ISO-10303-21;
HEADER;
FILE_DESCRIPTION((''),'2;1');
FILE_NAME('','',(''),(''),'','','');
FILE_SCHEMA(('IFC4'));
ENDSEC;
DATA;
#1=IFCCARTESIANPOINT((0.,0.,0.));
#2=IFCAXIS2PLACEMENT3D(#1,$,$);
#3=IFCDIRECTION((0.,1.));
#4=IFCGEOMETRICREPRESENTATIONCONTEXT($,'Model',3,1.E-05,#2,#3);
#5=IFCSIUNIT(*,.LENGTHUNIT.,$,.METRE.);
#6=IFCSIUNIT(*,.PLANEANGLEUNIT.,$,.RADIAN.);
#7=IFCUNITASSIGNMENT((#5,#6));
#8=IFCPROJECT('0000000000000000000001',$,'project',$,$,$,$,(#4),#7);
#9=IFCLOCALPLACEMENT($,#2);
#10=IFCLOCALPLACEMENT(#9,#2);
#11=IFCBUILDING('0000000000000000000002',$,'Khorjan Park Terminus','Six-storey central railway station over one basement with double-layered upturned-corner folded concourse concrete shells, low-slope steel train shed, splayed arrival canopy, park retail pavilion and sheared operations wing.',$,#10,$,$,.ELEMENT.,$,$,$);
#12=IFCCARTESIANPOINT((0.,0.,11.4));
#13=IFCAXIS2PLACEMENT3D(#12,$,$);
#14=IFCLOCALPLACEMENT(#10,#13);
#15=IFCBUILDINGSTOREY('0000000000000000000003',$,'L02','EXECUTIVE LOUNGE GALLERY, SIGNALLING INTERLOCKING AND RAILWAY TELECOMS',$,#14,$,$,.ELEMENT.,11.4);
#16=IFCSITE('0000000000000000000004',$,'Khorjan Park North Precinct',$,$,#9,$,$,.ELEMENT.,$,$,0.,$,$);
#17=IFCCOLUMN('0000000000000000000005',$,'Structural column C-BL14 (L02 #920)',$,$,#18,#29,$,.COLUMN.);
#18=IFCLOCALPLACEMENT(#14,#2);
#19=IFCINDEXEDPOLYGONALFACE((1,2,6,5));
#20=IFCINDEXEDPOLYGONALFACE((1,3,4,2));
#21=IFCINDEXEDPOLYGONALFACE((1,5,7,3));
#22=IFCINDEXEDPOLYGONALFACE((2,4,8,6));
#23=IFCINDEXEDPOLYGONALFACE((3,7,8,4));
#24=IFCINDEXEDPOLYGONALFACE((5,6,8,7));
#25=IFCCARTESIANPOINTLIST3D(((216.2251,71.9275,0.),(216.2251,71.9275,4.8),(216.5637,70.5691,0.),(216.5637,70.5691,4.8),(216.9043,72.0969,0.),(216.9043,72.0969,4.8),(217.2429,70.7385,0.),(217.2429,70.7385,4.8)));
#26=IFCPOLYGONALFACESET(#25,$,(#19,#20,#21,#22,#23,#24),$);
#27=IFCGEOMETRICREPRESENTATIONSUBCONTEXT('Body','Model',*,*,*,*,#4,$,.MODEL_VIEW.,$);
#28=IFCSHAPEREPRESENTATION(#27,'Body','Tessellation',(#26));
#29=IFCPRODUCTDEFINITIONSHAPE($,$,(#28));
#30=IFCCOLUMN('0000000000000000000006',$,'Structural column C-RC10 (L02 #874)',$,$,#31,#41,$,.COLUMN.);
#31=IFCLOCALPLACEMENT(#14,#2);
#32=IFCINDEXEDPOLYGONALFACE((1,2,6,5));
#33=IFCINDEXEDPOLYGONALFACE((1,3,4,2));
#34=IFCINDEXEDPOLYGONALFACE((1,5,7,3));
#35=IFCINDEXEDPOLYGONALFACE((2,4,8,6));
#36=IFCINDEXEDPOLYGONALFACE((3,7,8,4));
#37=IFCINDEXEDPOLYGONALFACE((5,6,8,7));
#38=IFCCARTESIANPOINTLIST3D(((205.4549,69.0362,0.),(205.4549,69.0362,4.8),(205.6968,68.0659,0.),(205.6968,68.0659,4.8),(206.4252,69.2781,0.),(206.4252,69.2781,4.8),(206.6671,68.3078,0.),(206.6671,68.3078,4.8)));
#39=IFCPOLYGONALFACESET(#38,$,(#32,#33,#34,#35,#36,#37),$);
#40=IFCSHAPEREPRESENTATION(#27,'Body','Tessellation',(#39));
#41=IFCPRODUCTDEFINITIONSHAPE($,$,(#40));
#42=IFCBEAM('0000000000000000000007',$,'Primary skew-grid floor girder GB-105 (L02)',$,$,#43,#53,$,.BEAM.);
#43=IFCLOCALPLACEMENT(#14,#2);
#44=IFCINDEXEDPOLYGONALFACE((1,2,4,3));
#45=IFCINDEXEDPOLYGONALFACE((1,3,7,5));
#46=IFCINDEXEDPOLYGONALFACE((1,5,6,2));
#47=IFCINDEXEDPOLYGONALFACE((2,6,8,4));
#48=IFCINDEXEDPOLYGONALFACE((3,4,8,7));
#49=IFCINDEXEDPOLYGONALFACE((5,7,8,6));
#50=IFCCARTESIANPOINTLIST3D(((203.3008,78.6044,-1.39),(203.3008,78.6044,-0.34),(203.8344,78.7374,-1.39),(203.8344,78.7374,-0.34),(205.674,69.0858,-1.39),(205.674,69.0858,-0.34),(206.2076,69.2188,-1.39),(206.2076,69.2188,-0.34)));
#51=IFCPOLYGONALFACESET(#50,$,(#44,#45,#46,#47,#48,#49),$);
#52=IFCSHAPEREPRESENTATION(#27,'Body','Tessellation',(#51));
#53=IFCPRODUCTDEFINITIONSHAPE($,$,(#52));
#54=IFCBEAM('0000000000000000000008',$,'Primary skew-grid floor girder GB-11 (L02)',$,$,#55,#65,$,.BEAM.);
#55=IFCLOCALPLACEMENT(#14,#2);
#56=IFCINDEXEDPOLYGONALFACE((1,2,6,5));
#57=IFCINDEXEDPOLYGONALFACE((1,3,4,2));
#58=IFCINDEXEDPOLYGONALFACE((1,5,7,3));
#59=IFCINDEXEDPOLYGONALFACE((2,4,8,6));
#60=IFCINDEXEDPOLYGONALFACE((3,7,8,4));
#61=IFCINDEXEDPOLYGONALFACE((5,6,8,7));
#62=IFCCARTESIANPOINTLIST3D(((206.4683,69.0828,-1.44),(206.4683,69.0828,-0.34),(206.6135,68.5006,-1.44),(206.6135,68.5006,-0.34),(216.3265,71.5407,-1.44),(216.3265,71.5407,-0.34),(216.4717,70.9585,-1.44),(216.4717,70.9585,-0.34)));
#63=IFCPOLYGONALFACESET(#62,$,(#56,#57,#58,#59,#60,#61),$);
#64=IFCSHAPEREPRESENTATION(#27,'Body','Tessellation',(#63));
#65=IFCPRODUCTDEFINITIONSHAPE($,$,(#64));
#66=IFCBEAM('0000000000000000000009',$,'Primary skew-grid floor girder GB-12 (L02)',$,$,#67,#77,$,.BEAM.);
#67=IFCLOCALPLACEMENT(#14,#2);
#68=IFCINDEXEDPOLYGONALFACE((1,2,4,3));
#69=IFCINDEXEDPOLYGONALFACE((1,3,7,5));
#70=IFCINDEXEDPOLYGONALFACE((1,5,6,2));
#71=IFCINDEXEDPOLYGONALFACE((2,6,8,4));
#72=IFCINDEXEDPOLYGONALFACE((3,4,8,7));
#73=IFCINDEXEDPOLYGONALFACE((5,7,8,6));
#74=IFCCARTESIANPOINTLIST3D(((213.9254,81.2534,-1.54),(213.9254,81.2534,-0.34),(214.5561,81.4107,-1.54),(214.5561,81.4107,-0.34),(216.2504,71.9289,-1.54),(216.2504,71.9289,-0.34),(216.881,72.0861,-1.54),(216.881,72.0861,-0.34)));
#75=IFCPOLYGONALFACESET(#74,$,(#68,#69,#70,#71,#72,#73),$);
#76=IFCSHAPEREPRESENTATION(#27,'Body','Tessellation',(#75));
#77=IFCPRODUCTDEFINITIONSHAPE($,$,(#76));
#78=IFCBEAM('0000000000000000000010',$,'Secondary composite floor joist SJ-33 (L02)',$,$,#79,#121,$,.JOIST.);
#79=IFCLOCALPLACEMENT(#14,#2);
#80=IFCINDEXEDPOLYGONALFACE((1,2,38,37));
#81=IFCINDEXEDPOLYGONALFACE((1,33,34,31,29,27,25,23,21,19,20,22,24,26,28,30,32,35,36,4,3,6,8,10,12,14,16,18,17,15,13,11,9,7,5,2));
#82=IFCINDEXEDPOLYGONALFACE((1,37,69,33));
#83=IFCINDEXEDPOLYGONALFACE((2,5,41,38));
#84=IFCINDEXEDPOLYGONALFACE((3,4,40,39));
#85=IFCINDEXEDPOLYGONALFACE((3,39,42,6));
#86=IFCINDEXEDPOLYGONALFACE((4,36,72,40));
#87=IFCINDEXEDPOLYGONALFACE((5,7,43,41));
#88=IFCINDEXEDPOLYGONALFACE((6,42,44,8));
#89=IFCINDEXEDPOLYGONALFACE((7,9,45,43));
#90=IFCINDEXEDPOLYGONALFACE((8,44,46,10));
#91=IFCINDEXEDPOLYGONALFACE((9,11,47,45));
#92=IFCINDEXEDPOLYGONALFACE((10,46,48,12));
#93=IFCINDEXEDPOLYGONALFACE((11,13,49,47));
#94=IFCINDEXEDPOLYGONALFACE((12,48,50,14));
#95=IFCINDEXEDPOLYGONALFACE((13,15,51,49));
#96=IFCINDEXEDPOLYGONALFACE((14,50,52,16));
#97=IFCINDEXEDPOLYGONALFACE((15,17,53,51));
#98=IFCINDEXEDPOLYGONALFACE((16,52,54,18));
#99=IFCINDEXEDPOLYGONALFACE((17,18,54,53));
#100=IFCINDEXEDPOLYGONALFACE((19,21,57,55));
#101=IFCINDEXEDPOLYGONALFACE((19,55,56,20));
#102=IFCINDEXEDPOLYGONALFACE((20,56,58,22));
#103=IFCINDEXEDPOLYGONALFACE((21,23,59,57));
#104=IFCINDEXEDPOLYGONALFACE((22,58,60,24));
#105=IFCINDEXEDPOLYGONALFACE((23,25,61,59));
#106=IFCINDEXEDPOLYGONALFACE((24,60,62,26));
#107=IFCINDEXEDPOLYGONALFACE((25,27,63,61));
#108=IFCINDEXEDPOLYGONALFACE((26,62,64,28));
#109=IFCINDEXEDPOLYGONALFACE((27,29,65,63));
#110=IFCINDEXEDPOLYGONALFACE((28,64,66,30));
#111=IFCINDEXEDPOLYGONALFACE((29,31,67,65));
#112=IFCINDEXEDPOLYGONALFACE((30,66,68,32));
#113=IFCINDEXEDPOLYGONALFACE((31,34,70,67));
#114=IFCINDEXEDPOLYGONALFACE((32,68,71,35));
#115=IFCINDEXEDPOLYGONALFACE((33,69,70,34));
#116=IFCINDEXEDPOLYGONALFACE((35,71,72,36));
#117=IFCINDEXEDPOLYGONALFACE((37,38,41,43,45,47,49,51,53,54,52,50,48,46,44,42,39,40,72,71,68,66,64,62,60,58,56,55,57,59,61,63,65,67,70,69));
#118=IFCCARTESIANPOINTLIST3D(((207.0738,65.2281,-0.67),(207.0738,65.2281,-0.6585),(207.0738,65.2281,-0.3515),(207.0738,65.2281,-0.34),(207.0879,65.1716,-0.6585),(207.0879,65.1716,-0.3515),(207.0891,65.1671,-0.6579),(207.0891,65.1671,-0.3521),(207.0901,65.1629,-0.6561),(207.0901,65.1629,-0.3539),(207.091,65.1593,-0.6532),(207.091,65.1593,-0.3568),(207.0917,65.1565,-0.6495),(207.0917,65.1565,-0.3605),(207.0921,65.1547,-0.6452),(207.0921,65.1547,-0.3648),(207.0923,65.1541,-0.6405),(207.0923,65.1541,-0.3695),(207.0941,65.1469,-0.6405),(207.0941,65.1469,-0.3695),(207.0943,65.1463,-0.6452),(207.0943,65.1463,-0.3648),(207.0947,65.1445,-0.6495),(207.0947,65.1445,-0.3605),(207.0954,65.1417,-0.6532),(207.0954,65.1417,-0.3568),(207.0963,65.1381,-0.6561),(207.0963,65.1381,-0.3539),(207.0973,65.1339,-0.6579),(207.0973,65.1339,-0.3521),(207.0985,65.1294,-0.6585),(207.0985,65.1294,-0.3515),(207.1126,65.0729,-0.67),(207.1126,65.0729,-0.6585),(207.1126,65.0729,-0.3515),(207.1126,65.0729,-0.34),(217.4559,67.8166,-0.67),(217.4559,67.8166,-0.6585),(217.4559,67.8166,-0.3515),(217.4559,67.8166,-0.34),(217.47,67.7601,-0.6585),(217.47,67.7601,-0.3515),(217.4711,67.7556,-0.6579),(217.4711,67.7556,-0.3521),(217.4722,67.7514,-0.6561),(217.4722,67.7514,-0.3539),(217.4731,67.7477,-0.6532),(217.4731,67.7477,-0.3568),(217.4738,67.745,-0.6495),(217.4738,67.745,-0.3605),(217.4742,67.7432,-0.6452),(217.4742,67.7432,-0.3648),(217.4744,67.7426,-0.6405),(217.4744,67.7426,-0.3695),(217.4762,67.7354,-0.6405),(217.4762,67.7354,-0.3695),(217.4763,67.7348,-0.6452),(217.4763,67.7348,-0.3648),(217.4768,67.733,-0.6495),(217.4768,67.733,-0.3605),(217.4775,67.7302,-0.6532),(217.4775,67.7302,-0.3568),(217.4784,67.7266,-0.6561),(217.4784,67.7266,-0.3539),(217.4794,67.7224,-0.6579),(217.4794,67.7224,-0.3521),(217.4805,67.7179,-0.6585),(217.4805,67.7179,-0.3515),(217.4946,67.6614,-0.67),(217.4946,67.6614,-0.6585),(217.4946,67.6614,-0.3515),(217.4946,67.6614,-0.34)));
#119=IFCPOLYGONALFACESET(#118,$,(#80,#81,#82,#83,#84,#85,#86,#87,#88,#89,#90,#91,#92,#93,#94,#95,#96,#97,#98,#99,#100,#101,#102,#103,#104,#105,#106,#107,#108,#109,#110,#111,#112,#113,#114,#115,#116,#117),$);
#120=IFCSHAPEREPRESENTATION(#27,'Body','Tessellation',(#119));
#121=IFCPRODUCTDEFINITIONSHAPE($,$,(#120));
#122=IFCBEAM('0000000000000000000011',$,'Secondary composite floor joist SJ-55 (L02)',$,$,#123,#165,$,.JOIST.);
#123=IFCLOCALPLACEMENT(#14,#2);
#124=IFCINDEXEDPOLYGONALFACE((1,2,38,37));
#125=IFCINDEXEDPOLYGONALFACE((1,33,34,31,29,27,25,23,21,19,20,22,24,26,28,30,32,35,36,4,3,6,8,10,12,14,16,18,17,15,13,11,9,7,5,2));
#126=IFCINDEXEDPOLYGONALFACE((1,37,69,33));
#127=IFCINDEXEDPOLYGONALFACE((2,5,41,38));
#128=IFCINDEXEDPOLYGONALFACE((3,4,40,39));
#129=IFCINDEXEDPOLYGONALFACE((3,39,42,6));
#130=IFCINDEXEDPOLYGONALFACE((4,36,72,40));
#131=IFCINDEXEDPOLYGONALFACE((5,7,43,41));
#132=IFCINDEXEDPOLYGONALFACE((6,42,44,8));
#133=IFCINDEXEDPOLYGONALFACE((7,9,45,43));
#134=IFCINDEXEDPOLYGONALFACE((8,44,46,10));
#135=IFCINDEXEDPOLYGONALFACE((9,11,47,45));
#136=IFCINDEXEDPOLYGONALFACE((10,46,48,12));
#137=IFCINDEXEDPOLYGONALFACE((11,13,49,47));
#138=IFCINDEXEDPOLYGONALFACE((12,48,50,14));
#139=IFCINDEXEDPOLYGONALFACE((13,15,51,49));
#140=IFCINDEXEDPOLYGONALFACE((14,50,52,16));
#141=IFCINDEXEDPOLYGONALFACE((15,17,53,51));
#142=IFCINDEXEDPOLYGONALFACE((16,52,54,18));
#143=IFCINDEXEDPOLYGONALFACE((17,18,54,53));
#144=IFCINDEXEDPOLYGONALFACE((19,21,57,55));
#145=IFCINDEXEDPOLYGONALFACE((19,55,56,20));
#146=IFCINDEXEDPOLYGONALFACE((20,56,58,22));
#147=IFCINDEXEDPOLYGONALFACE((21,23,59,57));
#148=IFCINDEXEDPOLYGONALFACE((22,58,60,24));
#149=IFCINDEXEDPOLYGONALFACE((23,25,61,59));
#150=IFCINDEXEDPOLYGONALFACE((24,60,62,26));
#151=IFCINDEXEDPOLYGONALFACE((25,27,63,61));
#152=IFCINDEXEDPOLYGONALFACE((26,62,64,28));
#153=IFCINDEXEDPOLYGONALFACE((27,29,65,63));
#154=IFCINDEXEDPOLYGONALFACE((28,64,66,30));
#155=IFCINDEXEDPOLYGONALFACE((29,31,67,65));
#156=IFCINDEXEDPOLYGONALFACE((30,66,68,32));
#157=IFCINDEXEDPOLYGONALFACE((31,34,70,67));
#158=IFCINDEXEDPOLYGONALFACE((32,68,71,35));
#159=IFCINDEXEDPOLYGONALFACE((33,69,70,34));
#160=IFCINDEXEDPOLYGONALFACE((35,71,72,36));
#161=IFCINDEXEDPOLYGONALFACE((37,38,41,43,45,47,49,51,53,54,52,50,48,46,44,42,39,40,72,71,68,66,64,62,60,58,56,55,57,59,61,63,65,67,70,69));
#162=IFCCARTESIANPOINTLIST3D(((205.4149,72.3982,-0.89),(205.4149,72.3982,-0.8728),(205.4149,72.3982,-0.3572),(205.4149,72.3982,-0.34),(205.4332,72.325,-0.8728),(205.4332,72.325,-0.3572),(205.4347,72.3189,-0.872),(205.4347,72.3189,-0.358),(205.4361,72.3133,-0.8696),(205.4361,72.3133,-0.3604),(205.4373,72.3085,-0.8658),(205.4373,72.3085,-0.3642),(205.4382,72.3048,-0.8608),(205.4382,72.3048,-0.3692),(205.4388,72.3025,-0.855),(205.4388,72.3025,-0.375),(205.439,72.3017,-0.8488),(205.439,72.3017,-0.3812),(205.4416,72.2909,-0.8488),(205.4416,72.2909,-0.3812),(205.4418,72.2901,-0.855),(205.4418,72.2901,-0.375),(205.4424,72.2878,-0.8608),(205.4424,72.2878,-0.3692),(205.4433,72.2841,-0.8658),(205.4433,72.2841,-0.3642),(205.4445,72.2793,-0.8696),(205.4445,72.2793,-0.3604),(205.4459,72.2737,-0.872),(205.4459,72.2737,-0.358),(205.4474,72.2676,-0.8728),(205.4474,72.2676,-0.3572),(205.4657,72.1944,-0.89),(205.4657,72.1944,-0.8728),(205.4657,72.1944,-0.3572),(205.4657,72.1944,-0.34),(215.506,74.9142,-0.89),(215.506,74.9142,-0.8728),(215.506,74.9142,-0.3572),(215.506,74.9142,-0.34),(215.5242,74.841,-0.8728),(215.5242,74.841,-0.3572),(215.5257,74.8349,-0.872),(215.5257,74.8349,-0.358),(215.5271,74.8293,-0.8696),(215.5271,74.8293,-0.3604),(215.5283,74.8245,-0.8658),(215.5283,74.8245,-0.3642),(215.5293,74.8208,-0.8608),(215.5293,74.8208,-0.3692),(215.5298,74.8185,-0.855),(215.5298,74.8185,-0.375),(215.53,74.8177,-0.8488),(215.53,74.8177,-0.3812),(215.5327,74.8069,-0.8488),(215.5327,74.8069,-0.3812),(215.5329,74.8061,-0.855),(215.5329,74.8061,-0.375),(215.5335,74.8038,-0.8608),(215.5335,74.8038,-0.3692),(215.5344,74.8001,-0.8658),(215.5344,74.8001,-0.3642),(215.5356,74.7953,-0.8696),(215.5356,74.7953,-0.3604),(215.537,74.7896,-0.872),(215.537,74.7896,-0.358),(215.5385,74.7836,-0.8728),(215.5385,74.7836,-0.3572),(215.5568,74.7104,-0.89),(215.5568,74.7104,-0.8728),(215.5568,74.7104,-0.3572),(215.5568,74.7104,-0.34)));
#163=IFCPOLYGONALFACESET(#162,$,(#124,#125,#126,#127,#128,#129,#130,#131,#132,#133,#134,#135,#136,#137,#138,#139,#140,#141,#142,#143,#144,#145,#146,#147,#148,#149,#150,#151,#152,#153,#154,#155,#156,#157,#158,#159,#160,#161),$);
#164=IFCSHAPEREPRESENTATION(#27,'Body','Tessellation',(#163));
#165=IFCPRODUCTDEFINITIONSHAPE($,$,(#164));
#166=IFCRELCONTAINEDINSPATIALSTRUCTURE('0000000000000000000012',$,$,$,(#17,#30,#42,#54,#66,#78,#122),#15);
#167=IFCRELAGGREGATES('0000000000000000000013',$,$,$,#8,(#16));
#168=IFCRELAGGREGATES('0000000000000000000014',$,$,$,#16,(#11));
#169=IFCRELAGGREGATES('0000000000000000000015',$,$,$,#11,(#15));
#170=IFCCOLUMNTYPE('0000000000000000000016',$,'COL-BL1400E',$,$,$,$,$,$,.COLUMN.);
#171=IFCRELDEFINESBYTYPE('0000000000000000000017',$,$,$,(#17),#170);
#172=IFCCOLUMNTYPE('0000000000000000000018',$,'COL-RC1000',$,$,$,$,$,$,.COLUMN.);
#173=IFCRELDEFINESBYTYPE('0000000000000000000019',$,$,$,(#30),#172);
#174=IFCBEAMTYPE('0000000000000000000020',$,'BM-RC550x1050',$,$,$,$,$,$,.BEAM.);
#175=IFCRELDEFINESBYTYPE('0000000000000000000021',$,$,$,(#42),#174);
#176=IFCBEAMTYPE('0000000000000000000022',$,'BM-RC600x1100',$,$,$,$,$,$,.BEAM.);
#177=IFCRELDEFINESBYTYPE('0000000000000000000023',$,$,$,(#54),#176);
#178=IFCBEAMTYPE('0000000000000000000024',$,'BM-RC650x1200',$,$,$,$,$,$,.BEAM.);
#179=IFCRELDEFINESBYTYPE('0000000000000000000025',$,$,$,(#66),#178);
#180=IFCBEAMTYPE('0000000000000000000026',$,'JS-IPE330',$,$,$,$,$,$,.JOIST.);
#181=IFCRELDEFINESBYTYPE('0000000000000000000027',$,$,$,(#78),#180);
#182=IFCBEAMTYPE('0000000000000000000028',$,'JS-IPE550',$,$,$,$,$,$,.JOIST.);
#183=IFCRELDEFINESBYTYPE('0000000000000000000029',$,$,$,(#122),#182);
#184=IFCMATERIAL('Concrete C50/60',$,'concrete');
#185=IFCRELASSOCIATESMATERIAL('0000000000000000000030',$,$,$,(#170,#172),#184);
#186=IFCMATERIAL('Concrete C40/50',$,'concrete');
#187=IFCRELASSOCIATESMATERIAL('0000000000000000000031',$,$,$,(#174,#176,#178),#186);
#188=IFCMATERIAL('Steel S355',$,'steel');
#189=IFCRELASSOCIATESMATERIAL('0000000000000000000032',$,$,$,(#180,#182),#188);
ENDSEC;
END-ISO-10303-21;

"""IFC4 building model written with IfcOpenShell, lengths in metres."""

from ifc_helpers import new_model, si_unit, direction, frame, origin, origin_2d, place, context, subcontext, project, spatial, rectangle, i_section, extrude, material, material_profile, profile_set, type_object, element, save


model = new_model("IFC4")

# Units and contexts
model_context = context("Model", 3, precision=1e-05, world=origin(), true_north=direction((0.0, 1.0)))
body_context = subcontext(model_context, "Body", "Model", "MODEL_VIEW")
ifc_project = project(units=[si_unit("LENGTHUNIT", "METRE"), si_unit("PLANEANGLEUNIT", "RADIAN")], contexts=[model_context])

# Site, building, storey
site_placement = place(None, origin())
site = spatial("IfcSite", under=ifc_project, at=site_placement, Name="Khorjan Park North Precinct", CompositionType="ELEMENT", RefElevation=0.0)
building_placement = place(site_placement, origin())
building = spatial("IfcBuilding", under=site, at=building_placement, Name="Khorjan Park Terminus", Description="Six-storey central railway station over one basement with double-layered upturned-corner folded concourse concrete shells, low-slope steel train shed, splayed arrival canopy, park retail pavilion and sheared operations wing.", CompositionType="ELEMENT")
storey_placement = place(building_placement, frame((0.0, 0.0, 11.4)))
storey = spatial("IfcBuildingStorey", under=building, at=storey_placement, Name="L02", Description="EXECUTIVE LOUNGE GALLERY, SIGNALLING INTERLOCKING AND RAILWAY TELECOMS", CompositionType="ELEMENT", Elevation=11.4)

# Columns
ifc_material_1 = material(Name="Concrete C50/60", Category="concrete")
ifc_material_profile_1 = material_profile(ifc_material_1, rectangle(XDim=0.7, YDim=1.4, at=origin_2d()), Name="RC 700x1400")
ifc_profile_set_1 = profile_set([ifc_material_profile_1], Name="Concrete C50/60")
column_type_1 = type_object("IfcColumnType", Name="COL-BL1400E", PredefinedType="COLUMN", material=ifc_profile_set_1)
column_1_placement = place(storey_placement, frame((216.734, 71.333, 0.0), z_axis=(0.0, 0.0, 1.0), x_axis=(0.970296, 0.241922, 0.0)))
element("IfcColumn", 1, at=column_1_placement, inside=storey, type_object=column_type_1, Name="Structural column C-BL14 (L02 #920)", PredefinedType="COLUMN", context=body_context, shape_type="SweptSolid", body=[
    extrude(rectangle(XDim=0.7, YDim=1.4, at=origin_2d()), origin(), (0.0, 0.0, 1.0), 4.8),
])
ifc_material_profile_2 = material_profile(ifc_material_1, rectangle(XDim=1.0, YDim=1.0, at=origin_2d()), Name="RC 1000x1000")
ifc_profile_set_2 = profile_set([ifc_material_profile_2], Name="Concrete C50/60")
column_type_2 = type_object("IfcColumnType", Name="COL-RC1000", PredefinedType="COLUMN", material=ifc_profile_set_2)
column_2_placement = place(storey_placement, frame((206.061, 68.672, 0.0), z_axis=(0.0, 0.0, 1.0), x_axis=(0.970296, 0.241922, 0.0)))
element("IfcColumn", 2, at=column_2_placement, inside=storey, type_object=column_type_2, Name="Structural column C-RC10 (L02 #874)", PredefinedType="COLUMN", context=body_context, shape_type="SweptSolid", body=[
    extrude(rectangle(XDim=1.0, YDim=1.0, at=origin_2d()), origin(), (0.0, 0.0, 1.0), 4.8),
])

# Beams
ifc_material_2 = material(Name="Concrete C40/50", Category="concrete")
ifc_material_profile_3 = material_profile(ifc_material_2, rectangle(XDim=0.55, YDim=1.05, at=origin_2d()), Name="RC 550x1050")
ifc_profile_set_3 = profile_set([ifc_material_profile_3], Name="Concrete C40/50")
beam_type_1 = type_object("IfcBeamType", Name="BM-RC550x1050", PredefinedType="BEAM", material=ifc_profile_set_3)
beam_1_placement = place(storey_placement, frame((205.9408, 69.1523, -0.865), z_axis=(-0.241917, 0.970297, 0.0), x_axis=(-0.970297, -0.241917, 0.0)))
element("IfcBeam", 3, at=beam_1_placement, inside=storey, type_object=beam_type_1, Name="Primary skew-grid floor girder GB-105 (L02)", PredefinedType="BEAM", context=body_context, shape_type="SweptSolid", body=[
    extrude(rectangle(XDim=0.55, YDim=1.05, at=origin_2d()), origin(), (0.0, 0.0, 1.0), 9.81),
])
ifc_material_profile_4 = material_profile(ifc_material_2, rectangle(XDim=0.6, YDim=1.1, at=origin_2d()), Name="RC 600x1100")
ifc_profile_set_4 = profile_set([ifc_material_profile_4], Name="Concrete C40/50")
beam_type_2 = type_object("IfcBeamType", Name="BM-RC600x1100", PredefinedType="BEAM", material=ifc_profile_set_4)
beam_2_placement = place(storey_placement, frame((206.5409, 68.7917, -0.89), z_axis=(0.970296, 0.24192, 0.0), x_axis=(-0.24192, 0.970296, 0.0)))
element("IfcBeam", 4, at=beam_2_placement, inside=storey, type_object=beam_type_2, Name="Primary skew-grid floor girder GB-11 (L02)", PredefinedType="BEAM", context=body_context, shape_type="SweptSolid", body=[
    extrude(rectangle(XDim=0.6, YDim=1.1, at=origin_2d()), origin(), (0.0, 0.0, 1.0), 10.16),
])
ifc_material_profile_5 = material_profile(ifc_material_2, rectangle(XDim=0.65, YDim=1.2, at=origin_2d()), Name="RC 650x1200")
ifc_profile_set_5 = profile_set([ifc_material_profile_5], Name="Concrete C40/50")
beam_type_3 = type_object("IfcBeamType", Name="BM-RC650x1200", PredefinedType="BEAM", material=ifc_profile_set_5)
beam_3_placement = place(storey_placement, frame((216.5657, 72.0075, -0.94), z_axis=(-0.241926, 0.970295, 0.0), x_axis=(-0.970295, -0.241926, 0.0)))
element("IfcBeam", 5, at=beam_3_placement, inside=storey, type_object=beam_type_3, Name="Primary skew-grid floor girder GB-12 (L02)", PredefinedType="BEAM", context=body_context, shape_type="SweptSolid", body=[
    extrude(rectangle(XDim=0.65, YDim=1.2, at=origin_2d()), origin(), (0.0, 0.0, 1.0), 9.61),
])
ifc_material_3 = material(Name="Steel S355", Category="steel")
ifc_material_profile_6 = material_profile(ifc_material_3, i_section(OverallWidth=0.16, OverallDepth=0.33, WebThickness=0.0075, FlangeThickness=0.0115, FilletRadius=0.018, at=origin_2d()), Name="IPE 330")
ifc_profile_set_6 = profile_set([ifc_material_profile_6], Name="Steel S355")
beam_type_4 = type_object("IfcBeamType", Name="JS-IPE330", PredefinedType="JOIST", material=ifc_profile_set_6)
beam_4_placement = place(storey_placement, frame((207.0932, 65.1505, -0.505), z_axis=(0.970297, 0.241918, 0.0), x_axis=(-0.241918, 0.970297, 0.0)))
element("IfcBeam", 6, at=beam_4_placement, inside=storey, type_object=beam_type_4, Name="Secondary composite floor joist SJ-33 (L02)", PredefinedType="JOIST", context=body_context, shape_type="SweptSolid", body=[
    extrude(i_section(OverallWidth=0.16, OverallDepth=0.33, WebThickness=0.0075, FlangeThickness=0.0115, FilletRadius=0.018, at=origin_2d()), origin(), (0.0, 0.0, 1.0), 10.6999),
])
ifc_material_profile_7 = material_profile(ifc_material_3, i_section(OverallWidth=0.21, OverallDepth=0.55, WebThickness=0.0111, FlangeThickness=0.0172, FilletRadius=0.024, at=origin_2d()), Name="IPE 550")
ifc_profile_set_7 = profile_set([ifc_material_profile_7], Name="Steel S355")
beam_type_5 = type_object("IfcBeamType", Name="JS-IPE550", PredefinedType="JOIST", material=ifc_profile_set_7)
beam_5_placement = place(storey_placement, frame((205.4403, 72.2963, -0.615), z_axis=(0.970296, 0.241922, 0.0), x_axis=(-0.241922, 0.970296, 0.0)))
element("IfcBeam", 7, at=beam_5_placement, inside=storey, type_object=beam_type_5, Name="Secondary composite floor joist SJ-55 (L02)", PredefinedType="JOIST", context=body_context, shape_type="SweptSolid", body=[
    extrude(i_section(OverallWidth=0.21, OverallDepth=0.55, WebThickness=0.0111, FlangeThickness=0.0172, FilletRadius=0.024, at=origin_2d()), origin(), (0.0, 0.0, 1.0), 10.4),
])

save(model, "model.ifc")
